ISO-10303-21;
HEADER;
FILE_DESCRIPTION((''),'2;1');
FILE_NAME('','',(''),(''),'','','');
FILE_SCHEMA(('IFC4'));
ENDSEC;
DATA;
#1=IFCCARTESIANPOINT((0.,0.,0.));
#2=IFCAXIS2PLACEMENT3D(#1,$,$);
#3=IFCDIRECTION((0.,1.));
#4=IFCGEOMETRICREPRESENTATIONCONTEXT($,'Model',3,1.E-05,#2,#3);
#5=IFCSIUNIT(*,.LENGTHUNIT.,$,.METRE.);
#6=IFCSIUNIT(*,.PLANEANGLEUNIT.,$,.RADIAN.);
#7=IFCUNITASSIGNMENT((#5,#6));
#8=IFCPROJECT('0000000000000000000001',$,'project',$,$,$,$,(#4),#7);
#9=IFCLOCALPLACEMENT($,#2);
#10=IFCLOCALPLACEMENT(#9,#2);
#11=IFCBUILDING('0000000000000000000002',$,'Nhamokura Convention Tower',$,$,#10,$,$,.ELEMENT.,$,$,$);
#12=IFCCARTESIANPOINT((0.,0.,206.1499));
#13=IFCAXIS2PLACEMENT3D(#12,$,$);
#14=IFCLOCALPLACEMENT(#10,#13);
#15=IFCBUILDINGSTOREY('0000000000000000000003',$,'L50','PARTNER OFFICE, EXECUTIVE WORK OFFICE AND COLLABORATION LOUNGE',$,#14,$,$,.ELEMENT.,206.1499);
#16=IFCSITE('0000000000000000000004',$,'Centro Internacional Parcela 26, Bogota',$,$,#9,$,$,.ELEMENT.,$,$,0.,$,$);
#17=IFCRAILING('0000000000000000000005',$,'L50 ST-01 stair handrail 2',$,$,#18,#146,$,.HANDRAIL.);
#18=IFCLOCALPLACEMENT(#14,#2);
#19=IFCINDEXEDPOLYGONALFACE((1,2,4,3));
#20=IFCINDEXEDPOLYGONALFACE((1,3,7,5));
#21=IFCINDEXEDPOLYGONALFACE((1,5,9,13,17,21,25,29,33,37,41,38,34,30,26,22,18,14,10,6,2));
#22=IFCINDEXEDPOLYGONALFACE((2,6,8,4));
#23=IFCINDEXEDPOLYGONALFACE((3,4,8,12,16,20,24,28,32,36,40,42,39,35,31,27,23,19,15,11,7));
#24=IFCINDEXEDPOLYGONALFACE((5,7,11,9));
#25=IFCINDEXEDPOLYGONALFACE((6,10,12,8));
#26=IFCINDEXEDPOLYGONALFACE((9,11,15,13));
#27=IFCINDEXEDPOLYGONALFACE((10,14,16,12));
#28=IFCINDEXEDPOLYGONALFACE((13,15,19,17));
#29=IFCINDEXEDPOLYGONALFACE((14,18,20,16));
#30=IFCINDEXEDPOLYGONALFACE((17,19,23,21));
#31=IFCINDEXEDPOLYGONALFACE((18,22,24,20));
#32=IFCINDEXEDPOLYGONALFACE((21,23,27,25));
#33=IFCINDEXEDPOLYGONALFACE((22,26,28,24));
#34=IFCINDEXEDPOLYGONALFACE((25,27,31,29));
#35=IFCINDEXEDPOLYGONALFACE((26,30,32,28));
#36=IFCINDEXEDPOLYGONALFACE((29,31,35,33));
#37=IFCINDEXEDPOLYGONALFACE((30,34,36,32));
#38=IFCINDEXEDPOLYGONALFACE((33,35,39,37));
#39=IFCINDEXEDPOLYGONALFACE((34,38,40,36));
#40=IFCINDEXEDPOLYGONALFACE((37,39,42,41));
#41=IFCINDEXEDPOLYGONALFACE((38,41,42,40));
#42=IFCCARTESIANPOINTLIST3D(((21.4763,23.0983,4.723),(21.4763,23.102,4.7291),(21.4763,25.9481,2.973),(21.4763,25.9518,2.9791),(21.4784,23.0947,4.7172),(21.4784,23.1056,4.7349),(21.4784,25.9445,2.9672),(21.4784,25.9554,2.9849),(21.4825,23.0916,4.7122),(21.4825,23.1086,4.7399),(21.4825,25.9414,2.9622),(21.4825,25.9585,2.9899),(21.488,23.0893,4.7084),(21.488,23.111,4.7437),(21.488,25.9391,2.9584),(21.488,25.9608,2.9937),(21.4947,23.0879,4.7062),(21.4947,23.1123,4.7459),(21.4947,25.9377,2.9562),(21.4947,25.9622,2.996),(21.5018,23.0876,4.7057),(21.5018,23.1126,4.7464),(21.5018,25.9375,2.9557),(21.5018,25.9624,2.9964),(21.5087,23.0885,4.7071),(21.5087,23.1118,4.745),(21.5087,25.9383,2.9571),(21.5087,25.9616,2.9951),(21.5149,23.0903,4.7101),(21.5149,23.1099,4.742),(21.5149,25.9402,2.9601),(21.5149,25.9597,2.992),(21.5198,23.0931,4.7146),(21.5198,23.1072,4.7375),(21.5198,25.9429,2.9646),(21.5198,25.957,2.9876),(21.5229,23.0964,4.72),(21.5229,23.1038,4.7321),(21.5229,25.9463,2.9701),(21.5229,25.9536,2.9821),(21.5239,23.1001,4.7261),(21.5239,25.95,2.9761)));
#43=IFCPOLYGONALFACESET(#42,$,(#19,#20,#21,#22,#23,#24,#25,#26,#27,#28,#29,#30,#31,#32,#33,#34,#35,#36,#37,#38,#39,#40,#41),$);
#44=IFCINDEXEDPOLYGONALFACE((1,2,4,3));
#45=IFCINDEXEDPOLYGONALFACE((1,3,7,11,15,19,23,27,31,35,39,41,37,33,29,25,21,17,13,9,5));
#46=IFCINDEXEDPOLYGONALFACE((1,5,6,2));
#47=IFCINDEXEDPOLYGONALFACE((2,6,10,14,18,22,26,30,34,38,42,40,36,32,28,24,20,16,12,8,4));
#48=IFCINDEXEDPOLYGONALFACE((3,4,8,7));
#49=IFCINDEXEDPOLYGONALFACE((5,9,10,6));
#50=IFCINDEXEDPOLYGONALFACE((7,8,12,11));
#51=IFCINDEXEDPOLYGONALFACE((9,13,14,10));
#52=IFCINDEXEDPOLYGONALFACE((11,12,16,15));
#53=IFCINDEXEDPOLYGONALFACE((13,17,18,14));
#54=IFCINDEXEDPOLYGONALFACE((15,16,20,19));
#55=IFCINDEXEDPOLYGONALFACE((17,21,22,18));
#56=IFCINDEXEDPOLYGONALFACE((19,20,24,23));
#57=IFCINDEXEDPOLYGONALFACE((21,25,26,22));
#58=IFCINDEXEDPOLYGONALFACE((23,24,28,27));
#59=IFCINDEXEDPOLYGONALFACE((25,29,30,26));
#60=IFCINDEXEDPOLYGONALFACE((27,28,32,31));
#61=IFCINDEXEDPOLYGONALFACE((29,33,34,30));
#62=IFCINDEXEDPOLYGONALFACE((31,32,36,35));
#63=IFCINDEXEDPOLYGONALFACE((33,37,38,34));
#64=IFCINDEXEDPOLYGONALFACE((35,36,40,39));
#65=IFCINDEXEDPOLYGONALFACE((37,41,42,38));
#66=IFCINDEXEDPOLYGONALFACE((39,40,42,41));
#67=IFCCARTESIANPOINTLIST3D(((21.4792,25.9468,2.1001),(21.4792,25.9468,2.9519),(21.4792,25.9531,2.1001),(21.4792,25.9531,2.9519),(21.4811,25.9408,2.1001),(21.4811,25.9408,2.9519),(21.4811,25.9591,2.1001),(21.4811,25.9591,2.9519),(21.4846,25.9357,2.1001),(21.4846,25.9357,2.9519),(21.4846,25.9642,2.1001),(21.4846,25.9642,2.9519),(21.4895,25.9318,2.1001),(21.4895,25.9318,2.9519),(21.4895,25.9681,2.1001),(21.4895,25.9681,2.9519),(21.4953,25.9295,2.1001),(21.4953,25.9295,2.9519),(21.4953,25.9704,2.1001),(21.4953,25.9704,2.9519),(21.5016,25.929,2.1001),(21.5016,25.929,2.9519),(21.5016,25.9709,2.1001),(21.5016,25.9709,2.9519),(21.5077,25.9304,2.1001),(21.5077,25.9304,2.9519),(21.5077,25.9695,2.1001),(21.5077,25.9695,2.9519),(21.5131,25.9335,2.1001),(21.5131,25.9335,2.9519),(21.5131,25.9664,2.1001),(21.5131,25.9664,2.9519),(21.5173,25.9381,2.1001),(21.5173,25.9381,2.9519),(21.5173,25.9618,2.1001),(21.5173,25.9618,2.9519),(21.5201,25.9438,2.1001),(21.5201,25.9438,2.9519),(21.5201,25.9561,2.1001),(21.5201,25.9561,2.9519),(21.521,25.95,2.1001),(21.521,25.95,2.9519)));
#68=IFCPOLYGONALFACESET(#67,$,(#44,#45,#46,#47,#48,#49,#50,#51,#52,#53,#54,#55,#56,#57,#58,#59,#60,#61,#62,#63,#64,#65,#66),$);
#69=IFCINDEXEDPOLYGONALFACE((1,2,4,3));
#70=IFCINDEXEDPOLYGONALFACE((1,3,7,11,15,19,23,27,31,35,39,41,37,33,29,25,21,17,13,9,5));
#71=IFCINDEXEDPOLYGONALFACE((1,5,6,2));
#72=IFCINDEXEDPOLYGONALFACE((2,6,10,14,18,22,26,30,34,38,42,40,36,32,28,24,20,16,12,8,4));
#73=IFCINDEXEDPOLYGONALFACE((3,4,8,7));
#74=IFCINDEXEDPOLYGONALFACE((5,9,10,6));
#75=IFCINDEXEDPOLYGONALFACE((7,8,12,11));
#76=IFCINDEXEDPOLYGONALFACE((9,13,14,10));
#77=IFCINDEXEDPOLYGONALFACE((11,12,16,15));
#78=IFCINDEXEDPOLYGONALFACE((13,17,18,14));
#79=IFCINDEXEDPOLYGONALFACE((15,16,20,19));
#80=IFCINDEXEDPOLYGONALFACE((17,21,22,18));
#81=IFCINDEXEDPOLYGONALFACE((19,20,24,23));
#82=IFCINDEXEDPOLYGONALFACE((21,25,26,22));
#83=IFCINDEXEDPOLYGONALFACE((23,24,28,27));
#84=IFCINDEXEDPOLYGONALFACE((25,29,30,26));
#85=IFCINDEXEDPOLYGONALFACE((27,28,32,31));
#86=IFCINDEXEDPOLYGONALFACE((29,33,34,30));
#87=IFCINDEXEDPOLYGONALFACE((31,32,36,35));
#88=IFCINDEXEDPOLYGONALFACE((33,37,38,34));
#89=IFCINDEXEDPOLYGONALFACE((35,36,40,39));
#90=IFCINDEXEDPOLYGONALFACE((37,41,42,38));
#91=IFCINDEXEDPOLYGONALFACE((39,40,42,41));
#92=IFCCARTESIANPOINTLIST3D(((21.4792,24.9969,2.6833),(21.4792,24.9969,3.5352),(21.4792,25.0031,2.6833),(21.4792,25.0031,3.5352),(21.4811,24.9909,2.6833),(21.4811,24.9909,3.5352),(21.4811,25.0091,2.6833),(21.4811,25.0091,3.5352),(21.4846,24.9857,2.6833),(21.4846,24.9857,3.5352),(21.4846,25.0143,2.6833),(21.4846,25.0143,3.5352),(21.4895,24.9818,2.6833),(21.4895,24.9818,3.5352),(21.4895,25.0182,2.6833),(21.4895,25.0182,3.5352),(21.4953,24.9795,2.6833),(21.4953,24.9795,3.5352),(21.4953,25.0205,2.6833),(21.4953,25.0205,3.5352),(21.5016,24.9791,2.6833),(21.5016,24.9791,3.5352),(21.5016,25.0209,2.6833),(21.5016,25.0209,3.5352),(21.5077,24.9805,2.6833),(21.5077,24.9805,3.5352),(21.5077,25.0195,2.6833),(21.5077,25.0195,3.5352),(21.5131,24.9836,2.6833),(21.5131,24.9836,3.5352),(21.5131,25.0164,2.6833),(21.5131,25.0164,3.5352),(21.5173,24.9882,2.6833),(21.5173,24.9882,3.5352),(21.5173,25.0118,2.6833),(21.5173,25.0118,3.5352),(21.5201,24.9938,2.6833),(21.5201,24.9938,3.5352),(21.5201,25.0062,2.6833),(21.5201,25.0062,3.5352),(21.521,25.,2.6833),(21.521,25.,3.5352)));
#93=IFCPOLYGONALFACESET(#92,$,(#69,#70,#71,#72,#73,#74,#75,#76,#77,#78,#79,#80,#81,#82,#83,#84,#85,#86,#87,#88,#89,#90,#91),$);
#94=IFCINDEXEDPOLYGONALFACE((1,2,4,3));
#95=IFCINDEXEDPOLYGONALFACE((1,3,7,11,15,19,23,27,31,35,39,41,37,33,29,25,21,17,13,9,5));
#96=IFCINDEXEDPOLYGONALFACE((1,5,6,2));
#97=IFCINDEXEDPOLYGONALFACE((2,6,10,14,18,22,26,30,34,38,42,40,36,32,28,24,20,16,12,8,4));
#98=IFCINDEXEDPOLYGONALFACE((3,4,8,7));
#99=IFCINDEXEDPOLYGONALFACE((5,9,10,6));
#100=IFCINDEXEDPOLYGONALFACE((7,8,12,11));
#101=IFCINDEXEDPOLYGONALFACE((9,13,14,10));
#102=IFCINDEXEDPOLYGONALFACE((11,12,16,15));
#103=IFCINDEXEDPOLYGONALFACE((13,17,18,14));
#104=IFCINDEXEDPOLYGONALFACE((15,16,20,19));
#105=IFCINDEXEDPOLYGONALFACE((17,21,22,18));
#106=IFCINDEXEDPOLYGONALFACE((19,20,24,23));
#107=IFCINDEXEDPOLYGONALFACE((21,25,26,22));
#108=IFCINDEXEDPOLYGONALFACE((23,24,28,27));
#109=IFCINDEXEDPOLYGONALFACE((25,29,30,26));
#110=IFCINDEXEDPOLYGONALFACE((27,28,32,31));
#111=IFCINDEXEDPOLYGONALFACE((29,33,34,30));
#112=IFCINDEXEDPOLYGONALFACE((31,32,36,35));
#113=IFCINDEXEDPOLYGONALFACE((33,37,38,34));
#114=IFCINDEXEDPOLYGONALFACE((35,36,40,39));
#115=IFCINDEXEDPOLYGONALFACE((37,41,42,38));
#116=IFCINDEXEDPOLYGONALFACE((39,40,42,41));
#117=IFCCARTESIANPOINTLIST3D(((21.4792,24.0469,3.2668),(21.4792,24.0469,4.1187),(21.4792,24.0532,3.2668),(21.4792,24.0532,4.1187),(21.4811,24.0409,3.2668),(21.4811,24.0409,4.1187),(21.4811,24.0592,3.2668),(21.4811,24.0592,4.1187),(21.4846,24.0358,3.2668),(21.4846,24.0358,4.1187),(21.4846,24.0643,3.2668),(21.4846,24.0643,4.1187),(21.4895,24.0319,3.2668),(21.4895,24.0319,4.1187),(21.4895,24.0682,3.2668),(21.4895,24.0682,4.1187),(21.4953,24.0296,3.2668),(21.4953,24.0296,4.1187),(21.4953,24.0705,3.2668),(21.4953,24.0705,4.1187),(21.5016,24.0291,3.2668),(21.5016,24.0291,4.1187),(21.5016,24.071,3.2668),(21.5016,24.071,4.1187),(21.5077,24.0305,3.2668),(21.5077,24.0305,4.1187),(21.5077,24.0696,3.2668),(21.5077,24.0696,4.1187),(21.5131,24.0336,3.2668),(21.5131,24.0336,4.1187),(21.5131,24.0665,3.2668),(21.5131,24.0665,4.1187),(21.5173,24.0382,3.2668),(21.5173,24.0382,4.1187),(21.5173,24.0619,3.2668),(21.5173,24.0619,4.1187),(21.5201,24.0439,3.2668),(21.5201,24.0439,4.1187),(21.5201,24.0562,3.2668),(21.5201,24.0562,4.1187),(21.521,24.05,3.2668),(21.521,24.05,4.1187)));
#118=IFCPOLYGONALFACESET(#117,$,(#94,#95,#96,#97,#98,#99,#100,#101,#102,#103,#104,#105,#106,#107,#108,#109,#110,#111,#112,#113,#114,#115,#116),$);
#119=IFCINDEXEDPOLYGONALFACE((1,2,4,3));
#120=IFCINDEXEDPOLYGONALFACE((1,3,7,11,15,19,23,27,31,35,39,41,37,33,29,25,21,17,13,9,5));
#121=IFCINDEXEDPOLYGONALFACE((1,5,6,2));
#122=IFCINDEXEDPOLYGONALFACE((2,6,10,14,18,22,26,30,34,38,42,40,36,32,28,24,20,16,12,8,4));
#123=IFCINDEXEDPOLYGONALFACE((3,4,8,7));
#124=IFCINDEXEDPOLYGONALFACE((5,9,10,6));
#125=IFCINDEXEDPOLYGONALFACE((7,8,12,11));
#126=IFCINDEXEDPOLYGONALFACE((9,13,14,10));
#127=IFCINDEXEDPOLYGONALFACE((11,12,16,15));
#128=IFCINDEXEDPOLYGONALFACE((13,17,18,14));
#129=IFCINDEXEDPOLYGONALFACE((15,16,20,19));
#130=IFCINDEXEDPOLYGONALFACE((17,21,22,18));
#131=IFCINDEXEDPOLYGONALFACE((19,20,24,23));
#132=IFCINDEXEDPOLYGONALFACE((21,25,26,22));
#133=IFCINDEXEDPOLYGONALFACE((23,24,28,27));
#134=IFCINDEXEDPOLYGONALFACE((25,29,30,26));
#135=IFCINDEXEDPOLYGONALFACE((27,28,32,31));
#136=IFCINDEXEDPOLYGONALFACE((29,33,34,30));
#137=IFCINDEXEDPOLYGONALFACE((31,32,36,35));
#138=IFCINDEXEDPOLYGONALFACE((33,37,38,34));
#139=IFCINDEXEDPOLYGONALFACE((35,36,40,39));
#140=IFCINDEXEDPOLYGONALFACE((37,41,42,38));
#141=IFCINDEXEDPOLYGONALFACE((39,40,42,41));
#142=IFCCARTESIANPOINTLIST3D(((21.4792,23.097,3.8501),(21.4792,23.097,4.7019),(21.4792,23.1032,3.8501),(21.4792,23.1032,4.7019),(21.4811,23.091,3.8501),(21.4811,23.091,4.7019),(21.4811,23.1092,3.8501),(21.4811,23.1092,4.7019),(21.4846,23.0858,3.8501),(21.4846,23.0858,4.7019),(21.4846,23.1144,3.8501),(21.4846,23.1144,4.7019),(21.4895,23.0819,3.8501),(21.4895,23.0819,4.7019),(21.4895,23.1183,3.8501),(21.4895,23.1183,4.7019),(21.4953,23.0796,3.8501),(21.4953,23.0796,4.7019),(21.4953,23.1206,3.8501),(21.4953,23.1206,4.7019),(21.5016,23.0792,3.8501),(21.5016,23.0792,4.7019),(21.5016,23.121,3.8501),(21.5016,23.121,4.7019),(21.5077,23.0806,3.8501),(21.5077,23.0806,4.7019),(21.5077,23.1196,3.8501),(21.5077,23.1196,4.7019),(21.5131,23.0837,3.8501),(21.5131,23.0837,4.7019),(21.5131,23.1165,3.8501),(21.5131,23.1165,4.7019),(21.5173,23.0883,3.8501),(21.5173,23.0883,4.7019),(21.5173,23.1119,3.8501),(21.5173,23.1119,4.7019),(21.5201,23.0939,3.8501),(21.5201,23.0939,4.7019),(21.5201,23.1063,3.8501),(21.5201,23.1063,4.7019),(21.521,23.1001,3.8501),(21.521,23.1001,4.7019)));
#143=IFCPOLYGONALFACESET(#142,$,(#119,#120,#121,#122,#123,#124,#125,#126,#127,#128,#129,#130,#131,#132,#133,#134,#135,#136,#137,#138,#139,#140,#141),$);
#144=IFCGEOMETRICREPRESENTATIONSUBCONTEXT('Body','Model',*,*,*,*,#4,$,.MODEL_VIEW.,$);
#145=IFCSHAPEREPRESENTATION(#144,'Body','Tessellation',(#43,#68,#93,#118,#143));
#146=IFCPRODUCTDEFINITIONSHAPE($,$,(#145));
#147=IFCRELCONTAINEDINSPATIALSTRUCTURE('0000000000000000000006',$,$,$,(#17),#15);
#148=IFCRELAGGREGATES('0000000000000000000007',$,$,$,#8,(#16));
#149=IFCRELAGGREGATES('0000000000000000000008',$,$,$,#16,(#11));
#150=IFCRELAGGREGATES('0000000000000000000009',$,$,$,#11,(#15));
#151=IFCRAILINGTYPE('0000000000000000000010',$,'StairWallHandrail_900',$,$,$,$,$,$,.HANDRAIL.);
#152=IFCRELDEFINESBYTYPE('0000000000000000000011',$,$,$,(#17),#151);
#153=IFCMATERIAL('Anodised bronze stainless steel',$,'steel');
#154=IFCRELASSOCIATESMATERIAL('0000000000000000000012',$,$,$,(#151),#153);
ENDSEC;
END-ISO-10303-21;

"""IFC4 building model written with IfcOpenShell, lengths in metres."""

from ifc_helpers import new_model, si_unit, direction, frame, origin, origin_2d, place, context, subcontext, project, spatial, circle, extrude, material, type_object, element, save


model = new_model("IFC4")

# Units and contexts
model_context = context("Model", 3, precision=1e-05, world=origin(), true_north=direction((0.0, 1.0)))
body_context = subcontext(model_context, "Body", "Model", "MODEL_VIEW")
ifc_project = project(units=[si_unit("LENGTHUNIT", "METRE"), si_unit("PLANEANGLEUNIT", "RADIAN")], contexts=[model_context])

# Site, building, storey
site_placement = place(None, origin())
site = spatial("IfcSite", under=ifc_project, at=site_placement, Name="Centro Internacional Parcela 26, Bogota", CompositionType="ELEMENT", RefElevation=0.0)
building_placement = place(site_placement, origin())
building = spatial("IfcBuilding", under=site, at=building_placement, Name="Nhamokura Convention Tower", CompositionType="ELEMENT")
storey_placement = place(building_placement, frame((0.0, 0.0, 206.1499)))
storey = spatial("IfcBuildingStorey", under=building, at=storey_placement, Name="L50", Description="PARTNER OFFICE, EXECUTIVE WORK OFFICE AND COLLABORATION LOUNGE", CompositionType="ELEMENT", Elevation=206.1499)

# Railing
ifc_material_1 = material(Name="Anodised bronze stainless steel", Category="steel")
railing_type_1 = type_object("IfcRailingType", Name="StairWallHandrail_900", PredefinedType="HANDRAIL", material=ifc_material_1)
railing_1_placement = place(storey_placement, frame((21.5, 25.95, 2.1001)))
element("IfcRailing", 1, at=railing_1_placement, inside=storey, type_object=railing_type_1, Name="L50 ST-01 stair handrail 2", PredefinedType="HANDRAIL", context=body_context, shape_type="SweptSolid", body=[
    extrude(circle(Radius=0.0239, at=origin_2d()), frame((0.0, 0.0, 0.876), z_axis=(0.0, -0.852159, 0.523283), x_axis=(1.0, 0.0, 0.0)), (0.0, 0.0, 1.0), 3.3442),
    extrude(circle(Radius=0.021, at=origin_2d()), origin(), (0.0, 0.0, 1.0), 0.8518),
    extrude(circle(Radius=0.021, at=origin_2d()), frame((0.0, -0.95, 0.5833)), (0.0, 0.0, 1.0), 0.8518),
    extrude(circle(Radius=0.021, at=origin_2d()), frame((0.0, -1.8999, 1.1667)), (0.0, 0.0, 1.0), 0.8518),
    extrude(circle(Radius=0.021, at=origin_2d()), frame((0.0, -2.8499, 1.75)), (0.0, 0.0, 1.0), 0.8518),
])

save(model, "model.ifc")
